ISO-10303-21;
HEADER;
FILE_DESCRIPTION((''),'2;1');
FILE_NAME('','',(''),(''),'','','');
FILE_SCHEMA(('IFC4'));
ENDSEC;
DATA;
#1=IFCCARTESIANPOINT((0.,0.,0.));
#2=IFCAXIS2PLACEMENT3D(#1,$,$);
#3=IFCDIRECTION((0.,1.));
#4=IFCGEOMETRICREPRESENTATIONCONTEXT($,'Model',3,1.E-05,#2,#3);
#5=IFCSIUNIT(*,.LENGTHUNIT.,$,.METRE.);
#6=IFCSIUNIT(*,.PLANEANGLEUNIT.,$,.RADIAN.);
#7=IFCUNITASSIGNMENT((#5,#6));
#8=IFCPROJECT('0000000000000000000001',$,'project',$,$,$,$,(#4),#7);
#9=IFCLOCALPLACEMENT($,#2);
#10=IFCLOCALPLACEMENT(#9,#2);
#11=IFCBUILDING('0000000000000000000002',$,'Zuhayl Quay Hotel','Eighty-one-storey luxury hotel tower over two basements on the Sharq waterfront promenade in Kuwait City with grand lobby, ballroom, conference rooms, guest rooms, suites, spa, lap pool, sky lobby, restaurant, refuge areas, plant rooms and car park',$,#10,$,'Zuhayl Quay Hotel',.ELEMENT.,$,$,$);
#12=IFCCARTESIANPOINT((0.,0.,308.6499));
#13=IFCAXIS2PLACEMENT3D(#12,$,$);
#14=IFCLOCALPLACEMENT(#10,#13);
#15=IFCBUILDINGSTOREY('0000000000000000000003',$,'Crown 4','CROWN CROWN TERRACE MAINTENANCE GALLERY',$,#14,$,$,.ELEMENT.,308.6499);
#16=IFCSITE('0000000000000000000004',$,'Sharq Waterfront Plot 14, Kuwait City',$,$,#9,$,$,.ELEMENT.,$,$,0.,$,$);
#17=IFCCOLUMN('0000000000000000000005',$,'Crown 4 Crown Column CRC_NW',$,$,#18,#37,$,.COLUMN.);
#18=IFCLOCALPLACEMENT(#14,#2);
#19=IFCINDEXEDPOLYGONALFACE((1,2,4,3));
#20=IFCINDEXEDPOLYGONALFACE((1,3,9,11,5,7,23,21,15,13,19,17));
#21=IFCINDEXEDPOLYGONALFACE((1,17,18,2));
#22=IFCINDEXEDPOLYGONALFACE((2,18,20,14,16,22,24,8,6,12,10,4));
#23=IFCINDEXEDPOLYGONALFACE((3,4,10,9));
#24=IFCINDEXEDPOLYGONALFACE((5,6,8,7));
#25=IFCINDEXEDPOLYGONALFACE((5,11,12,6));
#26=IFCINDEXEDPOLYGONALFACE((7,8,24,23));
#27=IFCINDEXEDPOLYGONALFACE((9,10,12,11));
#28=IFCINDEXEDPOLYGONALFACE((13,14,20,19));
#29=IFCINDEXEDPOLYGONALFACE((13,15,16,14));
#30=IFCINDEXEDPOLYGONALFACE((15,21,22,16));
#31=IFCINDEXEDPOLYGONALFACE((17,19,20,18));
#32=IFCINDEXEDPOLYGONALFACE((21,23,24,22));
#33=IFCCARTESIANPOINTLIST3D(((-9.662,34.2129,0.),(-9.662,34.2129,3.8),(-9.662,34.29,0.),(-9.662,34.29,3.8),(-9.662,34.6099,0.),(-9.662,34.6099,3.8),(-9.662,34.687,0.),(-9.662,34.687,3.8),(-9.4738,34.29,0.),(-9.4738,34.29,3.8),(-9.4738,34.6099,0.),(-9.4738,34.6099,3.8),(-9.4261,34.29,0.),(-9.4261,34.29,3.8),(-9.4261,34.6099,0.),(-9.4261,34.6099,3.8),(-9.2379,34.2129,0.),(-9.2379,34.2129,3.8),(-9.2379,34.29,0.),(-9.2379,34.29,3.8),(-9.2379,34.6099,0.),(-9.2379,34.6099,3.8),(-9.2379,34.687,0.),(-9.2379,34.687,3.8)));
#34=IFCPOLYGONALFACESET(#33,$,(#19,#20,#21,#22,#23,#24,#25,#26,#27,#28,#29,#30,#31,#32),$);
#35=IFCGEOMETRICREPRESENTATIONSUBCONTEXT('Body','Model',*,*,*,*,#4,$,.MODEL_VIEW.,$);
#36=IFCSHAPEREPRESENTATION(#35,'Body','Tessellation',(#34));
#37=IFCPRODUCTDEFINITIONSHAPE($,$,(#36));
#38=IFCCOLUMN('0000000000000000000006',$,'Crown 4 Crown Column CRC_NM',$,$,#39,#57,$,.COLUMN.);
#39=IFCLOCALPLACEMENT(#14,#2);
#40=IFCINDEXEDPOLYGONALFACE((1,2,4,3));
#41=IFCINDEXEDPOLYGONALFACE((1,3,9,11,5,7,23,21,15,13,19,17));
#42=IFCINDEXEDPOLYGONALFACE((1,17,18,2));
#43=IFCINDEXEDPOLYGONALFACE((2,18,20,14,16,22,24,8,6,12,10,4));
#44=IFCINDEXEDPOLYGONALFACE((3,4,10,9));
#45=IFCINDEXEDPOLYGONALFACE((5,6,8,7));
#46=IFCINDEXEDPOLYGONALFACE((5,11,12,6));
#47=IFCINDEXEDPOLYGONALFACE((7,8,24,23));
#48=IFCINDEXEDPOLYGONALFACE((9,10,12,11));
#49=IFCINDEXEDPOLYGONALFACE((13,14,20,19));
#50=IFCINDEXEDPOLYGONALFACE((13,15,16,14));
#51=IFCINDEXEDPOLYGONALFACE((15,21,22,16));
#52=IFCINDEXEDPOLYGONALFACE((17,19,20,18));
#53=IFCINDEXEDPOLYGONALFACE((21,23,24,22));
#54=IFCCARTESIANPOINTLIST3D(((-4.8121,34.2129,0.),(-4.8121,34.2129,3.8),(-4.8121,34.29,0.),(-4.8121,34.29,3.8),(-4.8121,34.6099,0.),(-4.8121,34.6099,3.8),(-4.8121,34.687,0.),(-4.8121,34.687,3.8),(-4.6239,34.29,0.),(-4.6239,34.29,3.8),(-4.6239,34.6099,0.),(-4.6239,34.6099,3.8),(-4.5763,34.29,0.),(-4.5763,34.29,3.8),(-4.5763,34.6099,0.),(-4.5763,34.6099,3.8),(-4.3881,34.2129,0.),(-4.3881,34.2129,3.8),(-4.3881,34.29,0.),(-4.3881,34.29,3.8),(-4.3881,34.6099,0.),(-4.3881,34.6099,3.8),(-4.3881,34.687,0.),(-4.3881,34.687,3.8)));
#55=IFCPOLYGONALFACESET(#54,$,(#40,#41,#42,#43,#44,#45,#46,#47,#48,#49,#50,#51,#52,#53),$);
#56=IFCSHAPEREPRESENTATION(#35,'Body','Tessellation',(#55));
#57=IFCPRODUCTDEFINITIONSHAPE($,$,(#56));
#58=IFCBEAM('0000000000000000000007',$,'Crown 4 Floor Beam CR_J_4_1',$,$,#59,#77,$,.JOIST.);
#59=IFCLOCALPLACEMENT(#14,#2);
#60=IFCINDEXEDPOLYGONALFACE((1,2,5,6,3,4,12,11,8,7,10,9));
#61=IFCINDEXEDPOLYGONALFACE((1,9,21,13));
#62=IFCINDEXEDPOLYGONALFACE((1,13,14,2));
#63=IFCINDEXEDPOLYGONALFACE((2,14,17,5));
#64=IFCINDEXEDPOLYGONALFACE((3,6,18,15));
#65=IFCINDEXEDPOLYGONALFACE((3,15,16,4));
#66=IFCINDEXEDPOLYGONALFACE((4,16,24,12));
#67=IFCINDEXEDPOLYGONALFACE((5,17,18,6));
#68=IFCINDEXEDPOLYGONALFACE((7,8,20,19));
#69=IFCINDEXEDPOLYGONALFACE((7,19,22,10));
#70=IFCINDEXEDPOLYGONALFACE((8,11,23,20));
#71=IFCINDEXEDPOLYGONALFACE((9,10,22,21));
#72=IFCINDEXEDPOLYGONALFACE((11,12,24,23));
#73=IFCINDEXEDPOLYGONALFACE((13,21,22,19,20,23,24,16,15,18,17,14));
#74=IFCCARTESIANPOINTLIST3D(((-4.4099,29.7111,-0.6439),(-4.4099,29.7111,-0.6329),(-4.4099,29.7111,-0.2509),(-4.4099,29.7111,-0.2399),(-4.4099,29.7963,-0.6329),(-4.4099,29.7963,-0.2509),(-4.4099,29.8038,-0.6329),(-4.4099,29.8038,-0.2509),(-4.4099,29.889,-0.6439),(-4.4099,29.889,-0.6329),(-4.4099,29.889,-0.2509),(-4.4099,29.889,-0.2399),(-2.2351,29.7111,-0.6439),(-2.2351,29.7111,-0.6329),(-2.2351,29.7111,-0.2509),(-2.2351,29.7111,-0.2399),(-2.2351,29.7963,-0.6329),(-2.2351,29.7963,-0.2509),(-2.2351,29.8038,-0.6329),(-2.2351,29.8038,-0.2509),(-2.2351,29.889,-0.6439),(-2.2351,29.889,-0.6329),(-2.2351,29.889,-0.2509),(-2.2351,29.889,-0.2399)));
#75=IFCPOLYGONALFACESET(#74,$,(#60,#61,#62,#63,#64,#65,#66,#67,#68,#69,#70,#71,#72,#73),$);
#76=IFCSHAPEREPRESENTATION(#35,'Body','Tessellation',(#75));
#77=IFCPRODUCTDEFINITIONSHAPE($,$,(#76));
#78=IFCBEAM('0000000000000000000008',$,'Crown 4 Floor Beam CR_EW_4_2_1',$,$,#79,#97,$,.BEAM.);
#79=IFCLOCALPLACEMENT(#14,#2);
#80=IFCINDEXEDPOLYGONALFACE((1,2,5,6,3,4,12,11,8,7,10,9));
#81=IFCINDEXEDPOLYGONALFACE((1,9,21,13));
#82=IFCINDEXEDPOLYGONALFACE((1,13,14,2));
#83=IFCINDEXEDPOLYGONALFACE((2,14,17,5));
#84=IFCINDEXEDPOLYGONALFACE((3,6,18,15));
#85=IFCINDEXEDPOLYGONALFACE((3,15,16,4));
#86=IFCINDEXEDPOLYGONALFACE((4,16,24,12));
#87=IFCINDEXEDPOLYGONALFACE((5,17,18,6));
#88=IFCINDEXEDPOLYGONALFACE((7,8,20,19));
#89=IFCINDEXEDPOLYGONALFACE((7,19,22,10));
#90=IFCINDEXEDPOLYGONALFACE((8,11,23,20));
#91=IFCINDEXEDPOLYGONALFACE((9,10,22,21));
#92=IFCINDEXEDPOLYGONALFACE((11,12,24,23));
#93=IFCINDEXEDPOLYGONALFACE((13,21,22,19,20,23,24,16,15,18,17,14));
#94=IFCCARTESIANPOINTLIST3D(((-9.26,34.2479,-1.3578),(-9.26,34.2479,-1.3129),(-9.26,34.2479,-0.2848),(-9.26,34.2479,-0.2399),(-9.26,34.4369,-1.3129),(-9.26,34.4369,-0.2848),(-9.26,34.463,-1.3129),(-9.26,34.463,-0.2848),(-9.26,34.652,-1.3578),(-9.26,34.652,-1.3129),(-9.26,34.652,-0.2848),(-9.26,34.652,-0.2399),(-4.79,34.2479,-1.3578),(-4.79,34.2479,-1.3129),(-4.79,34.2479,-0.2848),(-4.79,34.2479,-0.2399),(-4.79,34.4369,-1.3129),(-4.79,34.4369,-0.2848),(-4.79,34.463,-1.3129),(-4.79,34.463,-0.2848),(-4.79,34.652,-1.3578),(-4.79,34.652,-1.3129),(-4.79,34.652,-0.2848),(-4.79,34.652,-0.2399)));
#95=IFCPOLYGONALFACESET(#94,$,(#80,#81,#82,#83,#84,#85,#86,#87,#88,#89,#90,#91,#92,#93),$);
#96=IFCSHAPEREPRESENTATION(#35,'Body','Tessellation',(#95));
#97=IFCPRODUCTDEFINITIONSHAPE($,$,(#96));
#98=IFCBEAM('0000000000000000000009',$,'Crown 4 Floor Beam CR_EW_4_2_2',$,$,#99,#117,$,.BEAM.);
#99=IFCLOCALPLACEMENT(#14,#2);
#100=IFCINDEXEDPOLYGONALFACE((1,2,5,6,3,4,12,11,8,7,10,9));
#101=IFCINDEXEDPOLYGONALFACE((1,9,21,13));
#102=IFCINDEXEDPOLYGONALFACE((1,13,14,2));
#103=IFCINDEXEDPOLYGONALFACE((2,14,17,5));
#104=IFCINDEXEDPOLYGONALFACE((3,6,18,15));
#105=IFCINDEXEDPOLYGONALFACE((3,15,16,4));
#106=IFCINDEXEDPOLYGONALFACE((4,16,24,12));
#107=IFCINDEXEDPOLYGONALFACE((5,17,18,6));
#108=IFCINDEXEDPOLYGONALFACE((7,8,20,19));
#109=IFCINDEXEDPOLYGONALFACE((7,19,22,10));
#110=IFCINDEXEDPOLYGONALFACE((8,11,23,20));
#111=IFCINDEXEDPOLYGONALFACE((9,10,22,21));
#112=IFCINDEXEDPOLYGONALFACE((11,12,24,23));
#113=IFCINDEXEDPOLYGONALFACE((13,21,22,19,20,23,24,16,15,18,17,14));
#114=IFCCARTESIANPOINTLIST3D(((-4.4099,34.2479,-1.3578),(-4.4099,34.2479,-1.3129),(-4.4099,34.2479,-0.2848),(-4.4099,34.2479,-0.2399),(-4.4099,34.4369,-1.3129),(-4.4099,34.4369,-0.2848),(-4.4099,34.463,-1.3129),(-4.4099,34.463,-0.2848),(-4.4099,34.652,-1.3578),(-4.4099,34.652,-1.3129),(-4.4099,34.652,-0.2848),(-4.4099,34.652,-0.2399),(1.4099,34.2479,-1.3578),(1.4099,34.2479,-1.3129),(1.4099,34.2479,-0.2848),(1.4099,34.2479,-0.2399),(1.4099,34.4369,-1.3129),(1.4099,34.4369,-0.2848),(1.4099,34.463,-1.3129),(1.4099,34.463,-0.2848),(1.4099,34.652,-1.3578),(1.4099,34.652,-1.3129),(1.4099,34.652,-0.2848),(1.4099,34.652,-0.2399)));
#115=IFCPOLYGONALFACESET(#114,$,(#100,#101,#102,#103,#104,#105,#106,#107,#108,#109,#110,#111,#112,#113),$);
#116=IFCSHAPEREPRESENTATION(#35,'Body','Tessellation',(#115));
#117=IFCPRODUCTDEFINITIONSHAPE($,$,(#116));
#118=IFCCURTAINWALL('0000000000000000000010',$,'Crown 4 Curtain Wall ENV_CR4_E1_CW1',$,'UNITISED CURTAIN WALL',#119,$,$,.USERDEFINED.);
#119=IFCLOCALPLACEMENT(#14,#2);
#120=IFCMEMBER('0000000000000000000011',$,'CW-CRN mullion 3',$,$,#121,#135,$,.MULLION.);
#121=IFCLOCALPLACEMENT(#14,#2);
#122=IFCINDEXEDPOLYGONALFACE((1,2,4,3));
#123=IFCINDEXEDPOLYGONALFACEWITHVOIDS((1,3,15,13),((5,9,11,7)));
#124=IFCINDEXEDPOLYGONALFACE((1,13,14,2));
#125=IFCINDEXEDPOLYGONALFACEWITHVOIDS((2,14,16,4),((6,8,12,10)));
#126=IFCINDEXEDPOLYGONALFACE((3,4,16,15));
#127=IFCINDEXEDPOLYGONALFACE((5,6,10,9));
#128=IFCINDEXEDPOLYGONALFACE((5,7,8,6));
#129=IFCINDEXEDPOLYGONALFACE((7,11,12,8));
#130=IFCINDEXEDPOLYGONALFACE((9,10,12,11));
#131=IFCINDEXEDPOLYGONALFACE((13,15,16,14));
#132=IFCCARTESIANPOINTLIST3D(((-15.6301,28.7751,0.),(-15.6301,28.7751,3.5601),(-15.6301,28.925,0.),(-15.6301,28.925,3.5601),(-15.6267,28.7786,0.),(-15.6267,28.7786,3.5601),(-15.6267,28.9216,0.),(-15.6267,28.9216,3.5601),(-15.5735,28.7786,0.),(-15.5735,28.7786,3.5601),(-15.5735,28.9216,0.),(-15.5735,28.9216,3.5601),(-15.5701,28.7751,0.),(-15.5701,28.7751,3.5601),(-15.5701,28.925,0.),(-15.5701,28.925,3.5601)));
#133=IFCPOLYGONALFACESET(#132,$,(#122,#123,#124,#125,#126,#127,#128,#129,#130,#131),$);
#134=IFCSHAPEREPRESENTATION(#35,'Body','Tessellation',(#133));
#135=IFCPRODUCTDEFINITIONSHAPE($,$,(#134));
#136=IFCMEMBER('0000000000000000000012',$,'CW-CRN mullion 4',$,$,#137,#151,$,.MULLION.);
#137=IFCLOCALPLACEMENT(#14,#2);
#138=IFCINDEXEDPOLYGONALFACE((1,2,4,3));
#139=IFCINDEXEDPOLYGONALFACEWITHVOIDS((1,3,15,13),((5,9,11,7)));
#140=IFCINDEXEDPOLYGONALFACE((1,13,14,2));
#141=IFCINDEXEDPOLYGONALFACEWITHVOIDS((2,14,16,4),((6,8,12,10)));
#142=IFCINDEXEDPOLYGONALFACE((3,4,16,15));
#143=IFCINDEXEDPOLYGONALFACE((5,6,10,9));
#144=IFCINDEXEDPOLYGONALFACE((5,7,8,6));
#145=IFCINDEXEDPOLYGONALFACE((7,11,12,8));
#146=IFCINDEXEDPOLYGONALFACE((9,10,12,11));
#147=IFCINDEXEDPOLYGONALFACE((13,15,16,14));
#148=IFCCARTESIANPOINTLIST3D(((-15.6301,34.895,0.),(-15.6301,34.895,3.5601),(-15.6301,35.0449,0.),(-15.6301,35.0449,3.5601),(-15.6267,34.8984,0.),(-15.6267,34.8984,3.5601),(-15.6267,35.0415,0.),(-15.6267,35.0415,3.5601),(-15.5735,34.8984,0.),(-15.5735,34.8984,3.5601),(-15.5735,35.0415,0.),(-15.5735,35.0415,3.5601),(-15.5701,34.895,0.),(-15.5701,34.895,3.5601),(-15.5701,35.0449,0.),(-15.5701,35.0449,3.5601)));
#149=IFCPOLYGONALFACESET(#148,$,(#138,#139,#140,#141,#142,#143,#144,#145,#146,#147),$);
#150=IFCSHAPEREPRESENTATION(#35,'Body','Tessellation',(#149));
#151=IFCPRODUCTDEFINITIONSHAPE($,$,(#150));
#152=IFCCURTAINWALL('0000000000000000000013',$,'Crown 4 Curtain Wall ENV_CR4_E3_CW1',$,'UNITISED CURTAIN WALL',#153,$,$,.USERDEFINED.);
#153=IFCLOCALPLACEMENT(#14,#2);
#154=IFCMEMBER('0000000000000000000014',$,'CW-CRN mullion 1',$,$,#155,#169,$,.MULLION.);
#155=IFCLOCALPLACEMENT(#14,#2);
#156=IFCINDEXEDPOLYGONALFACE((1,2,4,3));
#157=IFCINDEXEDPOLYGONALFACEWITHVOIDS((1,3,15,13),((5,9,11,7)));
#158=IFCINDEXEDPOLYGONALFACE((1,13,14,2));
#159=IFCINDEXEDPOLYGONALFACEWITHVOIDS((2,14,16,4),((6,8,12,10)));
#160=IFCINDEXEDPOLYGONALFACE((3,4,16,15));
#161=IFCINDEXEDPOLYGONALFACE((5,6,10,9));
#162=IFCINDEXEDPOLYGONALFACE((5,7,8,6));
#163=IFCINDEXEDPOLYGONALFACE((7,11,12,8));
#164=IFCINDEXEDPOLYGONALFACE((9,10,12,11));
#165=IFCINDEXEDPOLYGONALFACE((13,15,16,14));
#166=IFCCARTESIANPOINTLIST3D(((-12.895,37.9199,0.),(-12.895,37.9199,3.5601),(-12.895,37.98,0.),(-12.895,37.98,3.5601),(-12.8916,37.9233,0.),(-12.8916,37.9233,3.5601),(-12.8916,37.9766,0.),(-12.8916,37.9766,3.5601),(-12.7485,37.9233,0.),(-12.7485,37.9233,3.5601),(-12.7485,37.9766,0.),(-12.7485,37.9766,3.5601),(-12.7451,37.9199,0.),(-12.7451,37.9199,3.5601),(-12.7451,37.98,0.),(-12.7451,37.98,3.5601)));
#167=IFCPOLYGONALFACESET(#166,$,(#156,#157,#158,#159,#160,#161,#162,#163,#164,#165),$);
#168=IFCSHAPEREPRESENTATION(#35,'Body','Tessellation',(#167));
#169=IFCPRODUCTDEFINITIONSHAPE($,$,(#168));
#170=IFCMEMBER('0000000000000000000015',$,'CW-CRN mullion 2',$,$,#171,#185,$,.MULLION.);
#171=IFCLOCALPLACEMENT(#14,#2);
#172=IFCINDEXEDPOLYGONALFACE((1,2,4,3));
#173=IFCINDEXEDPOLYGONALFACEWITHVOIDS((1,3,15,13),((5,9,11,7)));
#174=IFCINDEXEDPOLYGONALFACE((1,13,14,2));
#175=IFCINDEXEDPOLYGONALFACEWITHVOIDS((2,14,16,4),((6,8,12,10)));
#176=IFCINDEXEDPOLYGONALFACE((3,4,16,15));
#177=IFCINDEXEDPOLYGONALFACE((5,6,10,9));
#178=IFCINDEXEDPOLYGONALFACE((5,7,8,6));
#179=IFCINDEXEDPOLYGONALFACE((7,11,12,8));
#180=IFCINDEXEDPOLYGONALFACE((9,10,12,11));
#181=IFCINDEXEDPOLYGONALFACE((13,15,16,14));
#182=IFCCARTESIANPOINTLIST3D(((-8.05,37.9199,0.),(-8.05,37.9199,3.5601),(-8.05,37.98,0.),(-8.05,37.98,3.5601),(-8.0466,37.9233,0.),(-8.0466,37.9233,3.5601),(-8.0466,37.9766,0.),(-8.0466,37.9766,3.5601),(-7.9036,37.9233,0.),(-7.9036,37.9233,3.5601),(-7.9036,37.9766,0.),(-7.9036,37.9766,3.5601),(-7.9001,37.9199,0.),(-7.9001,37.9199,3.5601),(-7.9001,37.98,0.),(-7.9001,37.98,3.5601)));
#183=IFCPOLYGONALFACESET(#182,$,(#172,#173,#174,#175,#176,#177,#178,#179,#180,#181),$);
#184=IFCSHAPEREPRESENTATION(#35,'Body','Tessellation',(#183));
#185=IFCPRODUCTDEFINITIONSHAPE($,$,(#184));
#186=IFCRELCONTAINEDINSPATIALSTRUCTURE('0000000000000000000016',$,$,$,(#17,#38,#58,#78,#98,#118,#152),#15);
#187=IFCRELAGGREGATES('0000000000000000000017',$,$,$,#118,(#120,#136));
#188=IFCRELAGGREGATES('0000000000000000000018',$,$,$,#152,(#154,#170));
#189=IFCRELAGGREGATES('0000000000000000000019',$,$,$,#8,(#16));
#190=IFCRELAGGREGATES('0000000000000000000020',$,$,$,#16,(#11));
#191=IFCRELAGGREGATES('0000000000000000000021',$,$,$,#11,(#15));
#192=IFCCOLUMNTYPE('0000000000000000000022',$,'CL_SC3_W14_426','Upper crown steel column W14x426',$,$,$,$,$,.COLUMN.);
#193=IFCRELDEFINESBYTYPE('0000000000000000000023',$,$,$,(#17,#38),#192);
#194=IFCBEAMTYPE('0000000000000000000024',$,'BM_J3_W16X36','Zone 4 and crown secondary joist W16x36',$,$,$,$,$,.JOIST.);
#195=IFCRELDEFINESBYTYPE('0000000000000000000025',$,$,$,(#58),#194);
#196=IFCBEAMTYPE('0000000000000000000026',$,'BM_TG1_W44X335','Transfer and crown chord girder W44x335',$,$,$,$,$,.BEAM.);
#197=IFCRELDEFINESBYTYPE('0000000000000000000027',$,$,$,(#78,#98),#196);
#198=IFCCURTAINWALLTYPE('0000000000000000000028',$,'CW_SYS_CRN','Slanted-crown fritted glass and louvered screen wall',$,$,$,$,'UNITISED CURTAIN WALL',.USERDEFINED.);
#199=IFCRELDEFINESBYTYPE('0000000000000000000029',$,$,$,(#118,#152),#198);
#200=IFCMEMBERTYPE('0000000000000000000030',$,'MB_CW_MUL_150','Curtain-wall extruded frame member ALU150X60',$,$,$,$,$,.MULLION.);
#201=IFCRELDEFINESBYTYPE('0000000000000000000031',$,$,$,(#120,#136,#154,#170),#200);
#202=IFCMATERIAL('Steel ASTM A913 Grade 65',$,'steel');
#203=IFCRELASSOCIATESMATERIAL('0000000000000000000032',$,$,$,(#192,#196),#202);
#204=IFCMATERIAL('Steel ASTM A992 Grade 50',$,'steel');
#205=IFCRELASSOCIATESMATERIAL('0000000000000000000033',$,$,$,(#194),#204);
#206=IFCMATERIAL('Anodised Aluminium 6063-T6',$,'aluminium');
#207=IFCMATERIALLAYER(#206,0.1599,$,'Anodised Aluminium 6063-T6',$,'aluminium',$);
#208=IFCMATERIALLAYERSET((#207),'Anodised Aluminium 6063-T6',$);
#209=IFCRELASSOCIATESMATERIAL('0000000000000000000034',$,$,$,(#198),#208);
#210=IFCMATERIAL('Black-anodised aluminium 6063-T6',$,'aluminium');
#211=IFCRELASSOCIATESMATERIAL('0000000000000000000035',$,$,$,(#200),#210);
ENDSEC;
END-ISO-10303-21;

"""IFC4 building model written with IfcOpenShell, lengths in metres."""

from ifc_helpers import new_model, si_unit, direction, frame, origin, origin_2d, place, context, subcontext, project, spatial, hollow_rectangle, i_section, extrude, material, layer, layer_set, material_profile, profile_set, type_object, element, aggregate, save


model = new_model("IFC4")

# Units and contexts
model_context = context("Model", 3, precision=1e-05, world=origin(), true_north=direction((0.0, 1.0)))
body_context = subcontext(model_context, "Body", "Model", "MODEL_VIEW")
ifc_project = project(units=[si_unit("LENGTHUNIT", "METRE"), si_unit("PLANEANGLEUNIT", "RADIAN")], contexts=[model_context])

# Site, building, storey
site_placement = place(None, origin())
site = spatial("IfcSite", under=ifc_project, at=site_placement, Name="Sharq Waterfront Plot 14, Kuwait City", CompositionType="ELEMENT", RefElevation=0.0)
building_placement = place(site_placement, origin())
building = spatial("IfcBuilding", under=site, at=building_placement, Name="Zuhayl Quay Hotel", Description="Eighty-one-storey luxury hotel tower over two basements on the Sharq waterfront promenade in Kuwait City with grand lobby, ballroom, conference rooms, guest rooms, suites, spa, lap pool, sky lobby, restaurant, refuge areas, plant rooms and car park", LongName="Zuhayl Quay Hotel", CompositionType="ELEMENT")
storey_placement = place(building_placement, frame((0.0, 0.0, 308.6499)))
storey = spatial("IfcBuildingStorey", under=building, at=storey_placement, Name="Crown 4", Description="CROWN CROWN TERRACE MAINTENANCE GALLERY", CompositionType="ELEMENT", Elevation=308.6499)

# Columns
ifc_material_1 = material(Name="Steel ASTM A913 Grade 65", Category="steel")
ifc_material_profile_1 = material_profile(ifc_material_1, i_section(OverallWidth=0.4241, OverallDepth=0.4741, WebThickness=0.0476, FlangeThickness=0.0771, at=origin_2d()), Name="W14X426")
ifc_profile_set_1 = profile_set([ifc_material_profile_1], Name="Steel ASTM A913 Grade 65")
column_type = type_object("IfcColumnType", Name="CL_SC3_W14_426", Description="Upper crown steel column W14x426", PredefinedType="COLUMN", material=ifc_profile_set_1)
for number, where, z_axis, x_axis, name in (
    (1, (-9.45, 34.45, 0.0), (0.0, 0.0, 1.0), (1.0, 0.0, 0.0), "Crown 4 Crown Column CRC_NW"),
    (2, (-4.6001, 34.45, 0.0), (0.0, 0.0, 1.0), (1.0, 0.0, 0.0), "Crown 4 Crown Column CRC_NM"),
):
    element("IfcColumn", number, at=place(storey_placement, frame(where, z_axis=z_axis, x_axis=x_axis)), inside=storey, type_object=column_type, Name=name, PredefinedType="COLUMN", context=body_context, shape_type="SweptSolid", body=[
        extrude(i_section(OverallWidth=0.4241, OverallDepth=0.4741, WebThickness=0.0476, FlangeThickness=0.0771, at=origin_2d()), origin(), (0.0, 0.0, 1.0), 3.8),
    ])

# Beams
ifc_material_2 = material(Name="Steel ASTM A992 Grade 50", Category="steel")
ifc_material_profile_2 = material_profile(ifc_material_2, i_section(OverallWidth=0.178, OverallDepth=0.4041, WebThickness=0.0076, FlangeThickness=0.011, at=origin_2d()), Name="W16X36")
ifc_profile_set_2 = profile_set([ifc_material_profile_2], Name="Steel ASTM A992 Grade 50")
beam_type_1 = type_object("IfcBeamType", Name="BM_J3_W16X36", Description="Zone 4 and crown secondary joist W16x36", PredefinedType="JOIST", material=ifc_profile_set_2)
beam_1_placement = place(storey_placement, frame((-4.4099, 29.8, -0.4419), z_axis=(1.0, 0.0, 0.0), x_axis=(0.0, 1.0, 0.0)))
element("IfcBeam", 3, at=beam_1_placement, inside=storey, type_object=beam_type_1, Name="Crown 4 Floor Beam CR_J_4_1", PredefinedType="JOIST", context=body_context, shape_type="SweptSolid", body=[
    extrude(i_section(OverallWidth=0.178, OverallDepth=0.4041, WebThickness=0.0076, FlangeThickness=0.011, at=origin_2d()), origin(), (0.0, 0.0, 1.0), 2.1748),
])
ifc_material_profile_3 = material_profile(ifc_material_1, i_section(OverallWidth=0.4041, OverallDepth=1.1179, WebThickness=0.0261, FlangeThickness=0.0449, at=origin_2d()), Name="W44X335")
ifc_profile_set_3 = profile_set([ifc_material_profile_3], Name="Steel ASTM A913 Grade 65")
beam_type_2 = type_object("IfcBeamType", Name="BM_TG1_W44X335", Description="Transfer and crown chord girder W44x335", PredefinedType="BEAM", material=ifc_profile_set_3)
beam_2_placement = place(storey_placement, frame((-9.26, 34.45, -0.7988), z_axis=(1.0, 0.0, 0.0), x_axis=(0.0, 1.0, 0.0)))
element("IfcBeam", 4, at=beam_2_placement, inside=storey, type_object=beam_type_2, Name="Crown 4 Floor Beam CR_EW_4_2_1", PredefinedType="BEAM", context=body_context, shape_type="SweptSolid", body=[
    extrude(i_section(OverallWidth=0.4041, OverallDepth=1.1179, WebThickness=0.0261, FlangeThickness=0.0449, at=origin_2d()), origin(), (0.0, 0.0, 1.0), 4.47),
])
beam_3_placement = place(storey_placement, frame((-4.4099, 34.45, -0.7988), z_axis=(1.0, 0.0, 0.0), x_axis=(0.0, 1.0, 0.0)))
element("IfcBeam", 5, at=beam_3_placement, inside=storey, type_object=beam_type_2, Name="Crown 4 Floor Beam CR_EW_4_2_2", PredefinedType="BEAM", context=body_context, shape_type="SweptSolid", body=[
    extrude(i_section(OverallWidth=0.4041, OverallDepth=1.1179, WebThickness=0.0261, FlangeThickness=0.0449, at=origin_2d()), origin(), (0.0, 0.0, 1.0), 5.8198),
])

# Curtain walls, members
ifc_material_3 = material(Name="Anodised Aluminium 6063-T6", Category="aluminium")
ifc_layer_1 = layer(ifc_material_3, 0.1599, Name="Anodised Aluminium 6063-T6", Category="aluminium")
ifc_layer_set_1 = layer_set([ifc_layer_1], Name="Anodised Aluminium 6063-T6")
curtain_wall_type = type_object("IfcCurtainWallType", Name="CW_SYS_CRN", Description="Slanted-crown fritted glass and louvered screen wall", ElementType="UNITISED CURTAIN WALL", PredefinedType="USERDEFINED", material=ifc_layer_set_1)
curtain_wall_1_placement = place(storey_placement, origin())
curtain_wall_1 = element("IfcCurtainWall", 6, at=curtain_wall_1_placement, inside=storey, type_object=curtain_wall_type, Name="Crown 4 Curtain Wall ENV_CR4_E1_CW1", ObjectType="UNITISED CURTAIN WALL", PredefinedType="USERDEFINED")
ifc_material_4 = material(Name="Black-anodised aluminium 6063-T6", Category="aluminium")
ifc_material_profile_4 = material_profile(ifc_material_4, hollow_rectangle(XDim=0.0601, YDim=0.1499, WallThickness=0.0034, at=origin_2d()), Name="ALU150X60")
ifc_profile_set_4 = profile_set([ifc_material_profile_4], Name="Black-anodised aluminium 6063-T6")
member_type_1 = type_object("IfcMemberType", Name="MB_CW_MUL_150", Description="Curtain-wall extruded frame member ALU150X60", PredefinedType="MULLION", material=ifc_profile_set_4)
member_1_placement = place(storey_placement, frame((-15.6001, 28.8501, 0.0), z_axis=(0.0, 0.0, 1.0), x_axis=(-1.0, 0.0, 0.0)))
member_1 = element("IfcMember", 7, at=member_1_placement, type_object=member_type_1, Name="CW-CRN mullion 3", PredefinedType="MULLION", context=body_context, shape_type="SweptSolid", body=[
    extrude(hollow_rectangle(XDim=0.0601, YDim=0.1499, WallThickness=0.0034, at=origin_2d()), origin(), (0.0, 0.0, 1.0), 3.5601),
])
member_2_placement = place(storey_placement, frame((-15.6001, 34.97, 0.0), z_axis=(0.0, 0.0, 1.0), x_axis=(-1.0, 0.0, 0.0)))
member_2 = element("IfcMember", 8, at=member_2_placement, type_object=member_type_1, Name="CW-CRN mullion 4", PredefinedType="MULLION", context=body_context, shape_type="SweptSolid", body=[
    extrude(hollow_rectangle(XDim=0.0601, YDim=0.1499, WallThickness=0.0034, at=origin_2d()), origin(), (0.0, 0.0, 1.0), 3.5601),
])
curtain_wall_2_placement = place(storey_placement, origin())
curtain_wall_2 = element("IfcCurtainWall", 9, at=curtain_wall_2_placement, inside=storey, type_object=curtain_wall_type, Name="Crown 4 Curtain Wall ENV_CR4_E3_CW1", ObjectType="UNITISED CURTAIN WALL", PredefinedType="USERDEFINED")
member_3_placement = place(storey_placement, frame((-12.8201, 37.95, 0.0), z_axis=(0.0, 0.0, 1.0), x_axis=(0.0, 1.0, 0.0)))
member_3 = element("IfcMember", 10, at=member_3_placement, type_object=member_type_1, Name="CW-CRN mullion 1", PredefinedType="MULLION", context=body_context, shape_type="SweptSolid", body=[
    extrude(hollow_rectangle(XDim=0.0601, YDim=0.1499, WallThickness=0.0034, at=origin_2d()), origin(), (0.0, 0.0, 1.0), 3.5601),
])
member_4_placement = place(storey_placement, frame((-7.9751, 37.95, 0.0), z_axis=(0.0, 0.0, 1.0), x_axis=(0.0, 1.0, 0.0)))
member_4 = element("IfcMember", 11, at=member_4_placement, type_object=member_type_1, Name="CW-CRN mullion 2", PredefinedType="MULLION", context=body_context, shape_type="SweptSolid", body=[
    extrude(hollow_rectangle(XDim=0.0601, YDim=0.1499, WallThickness=0.0034, at=origin_2d()), origin(), (0.0, 0.0, 1.0), 3.5601),
])

aggregate(curtain_wall_1, [member_1, member_2])
aggregate(curtain_wall_2, [member_3, member_4])

save(model, "model.ifc")
